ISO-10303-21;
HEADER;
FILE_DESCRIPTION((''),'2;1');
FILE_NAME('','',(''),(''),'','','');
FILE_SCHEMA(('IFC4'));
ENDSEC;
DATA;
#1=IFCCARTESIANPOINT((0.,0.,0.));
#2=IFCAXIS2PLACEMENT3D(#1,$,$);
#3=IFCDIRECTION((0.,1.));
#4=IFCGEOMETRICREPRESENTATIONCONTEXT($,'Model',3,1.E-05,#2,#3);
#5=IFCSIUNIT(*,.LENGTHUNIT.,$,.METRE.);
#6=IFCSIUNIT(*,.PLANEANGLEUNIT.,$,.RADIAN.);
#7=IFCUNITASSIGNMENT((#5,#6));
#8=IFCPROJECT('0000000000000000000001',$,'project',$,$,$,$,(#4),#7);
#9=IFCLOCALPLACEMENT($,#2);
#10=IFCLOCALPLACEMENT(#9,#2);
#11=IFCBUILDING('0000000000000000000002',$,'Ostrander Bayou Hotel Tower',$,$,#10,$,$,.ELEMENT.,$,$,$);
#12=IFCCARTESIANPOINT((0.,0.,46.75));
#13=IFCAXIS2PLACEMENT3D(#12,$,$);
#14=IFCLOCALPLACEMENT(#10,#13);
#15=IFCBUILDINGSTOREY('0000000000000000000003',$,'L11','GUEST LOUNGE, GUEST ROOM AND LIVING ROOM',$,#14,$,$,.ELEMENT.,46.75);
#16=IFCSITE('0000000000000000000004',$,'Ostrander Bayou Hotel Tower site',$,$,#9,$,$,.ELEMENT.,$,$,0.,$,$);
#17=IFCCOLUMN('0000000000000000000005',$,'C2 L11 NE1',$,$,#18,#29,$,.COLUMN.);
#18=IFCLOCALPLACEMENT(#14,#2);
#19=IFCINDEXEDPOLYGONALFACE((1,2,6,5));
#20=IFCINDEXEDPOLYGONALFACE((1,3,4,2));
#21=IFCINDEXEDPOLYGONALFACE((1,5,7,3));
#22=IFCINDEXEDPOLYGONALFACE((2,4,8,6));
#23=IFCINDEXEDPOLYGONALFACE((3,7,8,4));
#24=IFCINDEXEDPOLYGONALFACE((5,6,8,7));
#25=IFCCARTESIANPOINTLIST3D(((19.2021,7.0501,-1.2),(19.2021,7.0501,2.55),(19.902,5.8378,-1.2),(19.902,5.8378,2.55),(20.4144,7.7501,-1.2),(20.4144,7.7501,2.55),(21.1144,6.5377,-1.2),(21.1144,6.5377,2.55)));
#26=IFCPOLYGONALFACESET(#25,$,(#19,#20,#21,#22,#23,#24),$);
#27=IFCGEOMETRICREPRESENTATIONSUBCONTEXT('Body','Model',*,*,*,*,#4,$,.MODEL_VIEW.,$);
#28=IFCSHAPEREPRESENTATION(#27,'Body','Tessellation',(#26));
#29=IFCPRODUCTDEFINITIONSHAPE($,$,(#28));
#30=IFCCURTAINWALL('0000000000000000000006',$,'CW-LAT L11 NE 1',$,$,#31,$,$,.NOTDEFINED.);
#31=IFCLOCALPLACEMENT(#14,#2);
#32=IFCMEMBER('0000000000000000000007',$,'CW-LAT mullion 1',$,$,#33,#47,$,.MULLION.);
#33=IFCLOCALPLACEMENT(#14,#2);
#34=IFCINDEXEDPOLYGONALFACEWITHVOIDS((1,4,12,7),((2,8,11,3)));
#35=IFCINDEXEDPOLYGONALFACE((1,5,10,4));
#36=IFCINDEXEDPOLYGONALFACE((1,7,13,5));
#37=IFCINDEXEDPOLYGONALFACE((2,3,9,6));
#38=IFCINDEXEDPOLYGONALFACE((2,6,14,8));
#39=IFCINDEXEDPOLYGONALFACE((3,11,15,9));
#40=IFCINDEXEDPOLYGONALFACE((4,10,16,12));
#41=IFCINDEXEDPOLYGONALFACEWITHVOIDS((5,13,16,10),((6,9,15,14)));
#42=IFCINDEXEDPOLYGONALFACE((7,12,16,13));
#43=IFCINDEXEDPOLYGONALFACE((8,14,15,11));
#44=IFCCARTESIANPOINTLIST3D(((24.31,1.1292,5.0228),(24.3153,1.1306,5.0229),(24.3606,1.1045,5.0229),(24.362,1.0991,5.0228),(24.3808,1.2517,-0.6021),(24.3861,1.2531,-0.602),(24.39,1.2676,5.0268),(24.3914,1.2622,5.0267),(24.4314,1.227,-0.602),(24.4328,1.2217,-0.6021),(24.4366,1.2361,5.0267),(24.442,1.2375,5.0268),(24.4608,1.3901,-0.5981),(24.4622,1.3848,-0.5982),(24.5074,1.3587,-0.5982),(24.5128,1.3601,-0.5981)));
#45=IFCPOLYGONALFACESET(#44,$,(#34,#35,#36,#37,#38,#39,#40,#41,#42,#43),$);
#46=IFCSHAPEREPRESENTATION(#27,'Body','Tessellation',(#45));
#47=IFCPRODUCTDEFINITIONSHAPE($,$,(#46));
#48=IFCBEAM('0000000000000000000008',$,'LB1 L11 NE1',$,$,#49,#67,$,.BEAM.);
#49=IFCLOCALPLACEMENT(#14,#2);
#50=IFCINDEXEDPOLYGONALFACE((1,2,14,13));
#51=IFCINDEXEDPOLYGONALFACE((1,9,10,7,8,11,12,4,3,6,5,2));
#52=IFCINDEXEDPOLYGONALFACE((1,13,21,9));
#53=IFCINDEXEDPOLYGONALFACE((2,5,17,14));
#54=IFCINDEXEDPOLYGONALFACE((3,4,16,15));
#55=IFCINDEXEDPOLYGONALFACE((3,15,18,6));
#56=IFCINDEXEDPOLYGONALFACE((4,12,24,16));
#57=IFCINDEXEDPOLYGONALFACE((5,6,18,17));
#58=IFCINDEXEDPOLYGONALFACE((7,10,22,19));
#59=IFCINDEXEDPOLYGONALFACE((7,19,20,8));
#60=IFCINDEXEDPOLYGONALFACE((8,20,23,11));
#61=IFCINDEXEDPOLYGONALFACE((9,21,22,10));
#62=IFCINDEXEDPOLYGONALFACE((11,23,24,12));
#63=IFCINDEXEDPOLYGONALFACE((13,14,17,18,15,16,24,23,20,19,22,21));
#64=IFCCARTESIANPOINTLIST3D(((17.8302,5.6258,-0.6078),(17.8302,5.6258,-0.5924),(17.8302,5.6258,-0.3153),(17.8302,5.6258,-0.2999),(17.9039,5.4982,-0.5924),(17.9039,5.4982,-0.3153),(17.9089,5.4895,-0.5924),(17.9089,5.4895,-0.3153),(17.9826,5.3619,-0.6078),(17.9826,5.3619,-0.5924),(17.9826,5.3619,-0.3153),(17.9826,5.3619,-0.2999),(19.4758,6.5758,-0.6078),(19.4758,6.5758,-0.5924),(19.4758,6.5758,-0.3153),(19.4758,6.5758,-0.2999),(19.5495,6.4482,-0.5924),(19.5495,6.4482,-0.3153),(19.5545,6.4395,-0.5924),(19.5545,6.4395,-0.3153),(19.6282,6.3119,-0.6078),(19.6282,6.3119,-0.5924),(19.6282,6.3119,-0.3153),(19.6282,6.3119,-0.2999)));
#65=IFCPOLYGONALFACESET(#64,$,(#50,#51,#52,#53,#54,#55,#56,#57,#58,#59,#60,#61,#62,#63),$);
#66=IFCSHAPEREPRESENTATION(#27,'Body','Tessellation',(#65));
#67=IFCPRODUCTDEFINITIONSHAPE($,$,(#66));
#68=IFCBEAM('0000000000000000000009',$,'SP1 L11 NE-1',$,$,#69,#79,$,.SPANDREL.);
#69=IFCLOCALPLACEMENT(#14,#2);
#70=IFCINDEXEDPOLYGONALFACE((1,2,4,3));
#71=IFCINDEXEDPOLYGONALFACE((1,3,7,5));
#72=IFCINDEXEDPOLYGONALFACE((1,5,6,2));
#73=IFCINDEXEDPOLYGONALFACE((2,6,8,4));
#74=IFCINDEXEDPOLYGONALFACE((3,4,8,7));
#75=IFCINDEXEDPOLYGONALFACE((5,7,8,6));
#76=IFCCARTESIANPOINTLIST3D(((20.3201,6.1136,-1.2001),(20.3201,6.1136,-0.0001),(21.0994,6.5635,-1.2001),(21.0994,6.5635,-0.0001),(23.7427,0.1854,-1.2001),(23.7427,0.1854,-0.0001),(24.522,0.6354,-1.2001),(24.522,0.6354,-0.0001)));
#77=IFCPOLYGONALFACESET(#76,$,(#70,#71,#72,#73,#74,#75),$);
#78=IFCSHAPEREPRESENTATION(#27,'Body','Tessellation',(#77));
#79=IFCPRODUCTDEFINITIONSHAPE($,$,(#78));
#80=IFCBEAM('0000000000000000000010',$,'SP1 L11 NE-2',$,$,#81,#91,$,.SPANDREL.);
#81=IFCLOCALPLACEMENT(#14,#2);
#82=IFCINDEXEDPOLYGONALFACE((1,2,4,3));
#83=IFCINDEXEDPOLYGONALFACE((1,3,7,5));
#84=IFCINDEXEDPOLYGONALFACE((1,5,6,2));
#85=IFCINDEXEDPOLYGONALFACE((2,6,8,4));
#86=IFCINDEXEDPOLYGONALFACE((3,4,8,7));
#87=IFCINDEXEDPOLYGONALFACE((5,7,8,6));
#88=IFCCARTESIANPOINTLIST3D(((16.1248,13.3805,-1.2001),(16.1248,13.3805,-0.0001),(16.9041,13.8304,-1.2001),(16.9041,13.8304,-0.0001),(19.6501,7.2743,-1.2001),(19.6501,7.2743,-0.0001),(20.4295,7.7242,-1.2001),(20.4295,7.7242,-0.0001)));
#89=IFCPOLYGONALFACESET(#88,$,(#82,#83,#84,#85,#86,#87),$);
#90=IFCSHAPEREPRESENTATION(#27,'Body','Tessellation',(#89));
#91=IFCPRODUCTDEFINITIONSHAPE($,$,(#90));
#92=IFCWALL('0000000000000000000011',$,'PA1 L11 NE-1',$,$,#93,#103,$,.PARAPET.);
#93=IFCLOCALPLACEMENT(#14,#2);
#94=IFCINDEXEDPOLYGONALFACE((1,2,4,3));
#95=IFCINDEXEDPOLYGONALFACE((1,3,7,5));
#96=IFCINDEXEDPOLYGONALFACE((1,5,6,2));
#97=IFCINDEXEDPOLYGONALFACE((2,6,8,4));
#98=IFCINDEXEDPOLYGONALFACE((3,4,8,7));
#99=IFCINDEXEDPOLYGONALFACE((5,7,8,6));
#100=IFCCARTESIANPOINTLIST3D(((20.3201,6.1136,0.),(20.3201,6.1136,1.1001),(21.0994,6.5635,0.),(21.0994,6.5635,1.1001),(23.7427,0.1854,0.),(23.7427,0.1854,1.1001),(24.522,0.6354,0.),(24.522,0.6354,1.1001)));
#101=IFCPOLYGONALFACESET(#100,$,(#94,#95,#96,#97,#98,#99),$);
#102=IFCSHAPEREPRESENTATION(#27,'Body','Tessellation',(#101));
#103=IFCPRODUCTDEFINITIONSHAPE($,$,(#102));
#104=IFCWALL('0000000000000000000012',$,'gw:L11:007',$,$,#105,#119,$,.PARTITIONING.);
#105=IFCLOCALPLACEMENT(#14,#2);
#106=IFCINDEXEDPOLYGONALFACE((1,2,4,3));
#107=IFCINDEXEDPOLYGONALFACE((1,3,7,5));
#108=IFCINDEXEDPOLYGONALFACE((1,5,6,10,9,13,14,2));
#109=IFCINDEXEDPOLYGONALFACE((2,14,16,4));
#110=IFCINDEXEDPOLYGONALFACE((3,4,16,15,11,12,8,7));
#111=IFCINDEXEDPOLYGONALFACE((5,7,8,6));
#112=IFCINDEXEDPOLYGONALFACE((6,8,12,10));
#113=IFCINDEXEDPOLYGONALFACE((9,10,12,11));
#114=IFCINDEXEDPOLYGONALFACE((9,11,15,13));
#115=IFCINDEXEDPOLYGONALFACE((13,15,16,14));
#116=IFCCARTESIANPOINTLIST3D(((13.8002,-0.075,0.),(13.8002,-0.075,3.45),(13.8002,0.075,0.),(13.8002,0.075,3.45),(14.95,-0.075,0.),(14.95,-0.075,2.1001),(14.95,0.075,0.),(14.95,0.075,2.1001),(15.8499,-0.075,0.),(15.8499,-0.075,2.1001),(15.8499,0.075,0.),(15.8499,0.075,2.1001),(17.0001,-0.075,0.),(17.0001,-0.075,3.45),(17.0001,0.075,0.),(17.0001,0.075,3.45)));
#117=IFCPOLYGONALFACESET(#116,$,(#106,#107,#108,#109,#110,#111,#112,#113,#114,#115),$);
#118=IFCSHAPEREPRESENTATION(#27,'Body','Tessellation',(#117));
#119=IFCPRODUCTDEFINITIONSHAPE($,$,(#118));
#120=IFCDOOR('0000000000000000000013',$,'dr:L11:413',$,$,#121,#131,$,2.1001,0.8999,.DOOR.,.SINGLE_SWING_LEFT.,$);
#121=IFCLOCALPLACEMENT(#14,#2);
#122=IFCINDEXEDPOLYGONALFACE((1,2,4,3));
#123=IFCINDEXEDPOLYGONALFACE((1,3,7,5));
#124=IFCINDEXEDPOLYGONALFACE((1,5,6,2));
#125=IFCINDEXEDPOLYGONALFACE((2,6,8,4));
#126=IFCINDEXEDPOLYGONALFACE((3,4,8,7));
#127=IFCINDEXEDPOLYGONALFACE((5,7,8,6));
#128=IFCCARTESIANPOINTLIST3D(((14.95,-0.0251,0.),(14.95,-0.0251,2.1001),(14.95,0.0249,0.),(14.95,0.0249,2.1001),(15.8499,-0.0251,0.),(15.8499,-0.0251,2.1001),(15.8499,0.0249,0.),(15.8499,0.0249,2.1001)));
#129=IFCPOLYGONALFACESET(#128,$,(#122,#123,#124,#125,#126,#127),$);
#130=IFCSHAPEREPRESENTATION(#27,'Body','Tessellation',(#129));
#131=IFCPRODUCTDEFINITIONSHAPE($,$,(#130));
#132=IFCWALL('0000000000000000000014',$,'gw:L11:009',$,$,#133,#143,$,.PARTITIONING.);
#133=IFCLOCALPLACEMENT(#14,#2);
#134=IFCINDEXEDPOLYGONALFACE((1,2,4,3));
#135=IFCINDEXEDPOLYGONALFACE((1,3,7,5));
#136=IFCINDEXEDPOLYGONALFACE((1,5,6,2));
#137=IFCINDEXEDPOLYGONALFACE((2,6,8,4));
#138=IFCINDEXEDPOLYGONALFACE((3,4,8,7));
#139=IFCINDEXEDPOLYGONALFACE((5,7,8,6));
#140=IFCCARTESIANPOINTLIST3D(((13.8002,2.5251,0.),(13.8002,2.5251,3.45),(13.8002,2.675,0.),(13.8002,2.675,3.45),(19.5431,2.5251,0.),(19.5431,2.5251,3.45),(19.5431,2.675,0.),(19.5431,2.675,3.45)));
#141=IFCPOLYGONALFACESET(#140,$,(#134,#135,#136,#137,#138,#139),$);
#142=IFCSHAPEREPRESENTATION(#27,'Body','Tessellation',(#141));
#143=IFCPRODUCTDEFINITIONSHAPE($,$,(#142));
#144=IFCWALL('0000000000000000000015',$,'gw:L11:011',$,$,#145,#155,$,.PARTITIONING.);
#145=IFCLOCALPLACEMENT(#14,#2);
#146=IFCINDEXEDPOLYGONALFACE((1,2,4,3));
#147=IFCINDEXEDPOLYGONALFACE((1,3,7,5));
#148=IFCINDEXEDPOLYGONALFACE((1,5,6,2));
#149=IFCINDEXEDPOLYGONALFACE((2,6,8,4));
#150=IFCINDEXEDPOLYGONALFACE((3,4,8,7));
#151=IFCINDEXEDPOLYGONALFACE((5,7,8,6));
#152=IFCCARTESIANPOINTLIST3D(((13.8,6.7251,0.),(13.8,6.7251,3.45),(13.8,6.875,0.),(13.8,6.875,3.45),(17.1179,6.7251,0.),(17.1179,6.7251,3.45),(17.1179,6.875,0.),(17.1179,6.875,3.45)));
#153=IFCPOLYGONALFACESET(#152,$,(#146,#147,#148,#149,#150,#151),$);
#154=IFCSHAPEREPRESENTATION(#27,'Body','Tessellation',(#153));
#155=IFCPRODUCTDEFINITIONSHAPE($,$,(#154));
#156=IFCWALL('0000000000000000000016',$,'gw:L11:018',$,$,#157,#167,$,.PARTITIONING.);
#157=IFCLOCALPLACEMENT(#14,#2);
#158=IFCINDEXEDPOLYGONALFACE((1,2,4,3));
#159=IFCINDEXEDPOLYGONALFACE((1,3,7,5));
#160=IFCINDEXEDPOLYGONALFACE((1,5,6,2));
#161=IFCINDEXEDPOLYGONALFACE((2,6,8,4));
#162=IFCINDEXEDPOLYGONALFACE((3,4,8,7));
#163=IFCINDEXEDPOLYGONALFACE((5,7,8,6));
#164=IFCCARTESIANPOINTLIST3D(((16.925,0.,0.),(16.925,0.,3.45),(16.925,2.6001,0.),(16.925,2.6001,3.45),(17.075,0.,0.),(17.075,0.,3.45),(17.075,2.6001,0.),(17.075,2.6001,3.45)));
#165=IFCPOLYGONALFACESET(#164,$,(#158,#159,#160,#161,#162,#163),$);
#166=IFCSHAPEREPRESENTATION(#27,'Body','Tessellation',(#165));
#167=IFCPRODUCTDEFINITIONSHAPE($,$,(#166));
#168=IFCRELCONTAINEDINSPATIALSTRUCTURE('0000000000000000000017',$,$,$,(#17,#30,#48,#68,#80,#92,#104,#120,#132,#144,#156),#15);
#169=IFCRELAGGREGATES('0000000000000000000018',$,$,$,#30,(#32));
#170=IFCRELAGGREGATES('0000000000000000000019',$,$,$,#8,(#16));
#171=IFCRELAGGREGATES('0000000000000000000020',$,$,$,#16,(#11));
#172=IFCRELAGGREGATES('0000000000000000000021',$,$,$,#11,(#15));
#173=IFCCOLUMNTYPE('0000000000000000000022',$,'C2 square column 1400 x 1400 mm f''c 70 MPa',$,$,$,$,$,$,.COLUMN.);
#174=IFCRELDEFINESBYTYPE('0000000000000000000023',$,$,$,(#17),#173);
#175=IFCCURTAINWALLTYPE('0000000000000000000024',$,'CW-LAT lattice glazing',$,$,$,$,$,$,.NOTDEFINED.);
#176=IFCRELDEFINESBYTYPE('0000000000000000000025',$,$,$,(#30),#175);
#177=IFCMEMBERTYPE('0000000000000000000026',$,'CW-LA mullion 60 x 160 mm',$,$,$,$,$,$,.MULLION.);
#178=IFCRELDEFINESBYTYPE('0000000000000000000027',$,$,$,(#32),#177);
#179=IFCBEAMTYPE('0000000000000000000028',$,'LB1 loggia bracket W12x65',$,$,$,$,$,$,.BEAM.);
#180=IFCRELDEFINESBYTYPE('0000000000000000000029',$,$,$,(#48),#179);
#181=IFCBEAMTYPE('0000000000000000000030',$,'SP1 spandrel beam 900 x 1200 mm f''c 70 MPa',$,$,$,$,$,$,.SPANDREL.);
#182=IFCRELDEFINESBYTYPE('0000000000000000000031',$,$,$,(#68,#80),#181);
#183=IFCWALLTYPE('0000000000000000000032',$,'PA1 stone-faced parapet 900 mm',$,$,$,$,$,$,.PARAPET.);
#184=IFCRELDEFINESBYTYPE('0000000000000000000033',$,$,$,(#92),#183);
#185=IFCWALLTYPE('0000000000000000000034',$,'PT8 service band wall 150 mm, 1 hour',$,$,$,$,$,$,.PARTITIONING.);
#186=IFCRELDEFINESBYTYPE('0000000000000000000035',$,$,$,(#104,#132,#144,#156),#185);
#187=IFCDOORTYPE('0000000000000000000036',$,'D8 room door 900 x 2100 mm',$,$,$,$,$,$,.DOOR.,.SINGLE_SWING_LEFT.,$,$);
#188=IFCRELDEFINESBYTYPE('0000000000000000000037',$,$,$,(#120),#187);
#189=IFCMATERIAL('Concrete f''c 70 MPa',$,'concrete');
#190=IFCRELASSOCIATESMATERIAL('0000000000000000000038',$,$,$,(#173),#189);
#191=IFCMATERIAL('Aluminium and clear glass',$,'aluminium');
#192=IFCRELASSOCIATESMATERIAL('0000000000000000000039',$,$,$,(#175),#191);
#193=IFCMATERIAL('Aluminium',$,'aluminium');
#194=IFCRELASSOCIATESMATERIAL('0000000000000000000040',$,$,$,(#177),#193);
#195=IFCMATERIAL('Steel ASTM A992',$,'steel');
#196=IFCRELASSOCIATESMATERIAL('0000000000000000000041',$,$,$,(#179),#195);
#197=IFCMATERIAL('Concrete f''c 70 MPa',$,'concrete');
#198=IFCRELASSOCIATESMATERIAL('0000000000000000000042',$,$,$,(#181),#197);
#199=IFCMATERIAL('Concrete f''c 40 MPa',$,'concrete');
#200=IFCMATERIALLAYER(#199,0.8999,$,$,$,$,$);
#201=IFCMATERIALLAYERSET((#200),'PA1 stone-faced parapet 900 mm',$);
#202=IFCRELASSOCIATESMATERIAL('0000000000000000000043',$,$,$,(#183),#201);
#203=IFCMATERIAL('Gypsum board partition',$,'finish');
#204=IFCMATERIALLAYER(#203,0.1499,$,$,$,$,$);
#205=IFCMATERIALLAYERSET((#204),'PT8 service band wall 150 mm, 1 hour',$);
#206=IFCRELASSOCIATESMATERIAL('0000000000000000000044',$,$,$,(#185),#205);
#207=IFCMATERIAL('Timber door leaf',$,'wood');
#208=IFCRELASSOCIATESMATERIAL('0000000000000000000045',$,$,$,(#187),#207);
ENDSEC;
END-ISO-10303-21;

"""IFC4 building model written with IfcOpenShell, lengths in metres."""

from ifc_helpers import new_model, si_unit, direction, frame, frame_2d, origin, origin_2d, place, context, subcontext, project, spatial, rectangle, hollow_rectangle, i_section, extrude, material, layer, layer_set, material_profile, profile_set, type_object, element, fill, aggregate, save


model = new_model("IFC4")

# Units and contexts
model_context = context("Model", 3, precision=1e-05, world=origin(), true_north=direction((0.0, 1.0)))
body_context = subcontext(model_context, "Body", "Model", "MODEL_VIEW")
ifc_project = project(units=[si_unit("LENGTHUNIT", "METRE"), si_unit("PLANEANGLEUNIT", "RADIAN")], contexts=[model_context])

# Site, building, storey
site_placement = place(None, origin())
site = spatial("IfcSite", under=ifc_project, at=site_placement, Name="Ostrander Bayou Hotel Tower site", CompositionType="ELEMENT", RefElevation=0.0)
building_placement = place(site_placement, origin())
building = spatial("IfcBuilding", under=site, at=building_placement, Name="Ostrander Bayou Hotel Tower", CompositionType="ELEMENT")
storey_placement = place(building_placement, frame((0.0, 0.0, 46.75)))
storey = spatial("IfcBuildingStorey", under=building, at=storey_placement, Name="L11", Description="GUEST LOUNGE, GUEST ROOM AND LIVING ROOM", CompositionType="ELEMENT", Elevation=46.75)

# Column
ifc_material_1 = material(Name="Concrete f'c 70 MPa", Category="concrete")
ifc_material_profile_1 = material_profile(ifc_material_1, rectangle(XDim=1.3999, YDim=1.3999, at=origin_2d()))
ifc_profile_set_1 = profile_set([ifc_material_profile_1], Name="Concrete f'c 70 MPa")
column_type = type_object("IfcColumnType", Name="C2 square column 1400 x 1400 mm f'c 70 MPa", PredefinedType="COLUMN", material=ifc_profile_set_1)
column_placement = place(storey_placement, frame((20.1582, 6.7939, -1.2), z_axis=(0.0, 0.0, 1.0), x_axis=(0.5, -0.866025, 0.0)))
element("IfcColumn", 1, at=column_placement, inside=storey, type_object=column_type, Name="C2 L11 NE1", PredefinedType="COLUMN", context=body_context, shape_type="SweptSolid", body=[
    extrude(rectangle(XDim=1.3999, YDim=1.3999, at=origin_2d()), origin(), (0.0, 0.0, 1.0), 3.75),
])

# Curtain wall, member
ifc_material_2 = material(Name="Aluminium and clear glass", Category="aluminium")
curtain_wall_type = type_object("IfcCurtainWallType", Name="CW-LAT lattice glazing", PredefinedType="NOTDEFINED", material=ifc_material_2)
curtain_wall_placement = place(storey_placement, origin())
curtain_wall = element("IfcCurtainWall", 2, at=curtain_wall_placement, inside=storey, type_object=curtain_wall_type, Name="CW-LAT L11 NE 1", PredefinedType="NOTDEFINED")
ifc_material_3 = material(Name="Aluminium", Category="aluminium")
ifc_material_profile_2 = material_profile(ifc_material_3, hollow_rectangle(XDim=0.0601, YDim=0.1599, WallThickness=0.0039, at=origin_2d()))
ifc_profile_set_2 = profile_set([ifc_material_profile_2], Name="Aluminium")
member_type = type_object("IfcMemberType", Name="CW-LA mullion 60 x 160 mm", PredefinedType="MULLION", material=ifc_profile_set_2)
member_placement = place(storey_placement, frame((24.4468, 1.3059, -0.6001), z_axis=(-0.012583, -0.021781, 0.999684), x_axis=(0.865898, -0.50022, 0.0)))
member = element("IfcMember", 3, at=member_placement, type_object=member_type, Name="CW-LAT mullion 1", PredefinedType="MULLION", context=body_context, shape_type="SweptSolid", body=[
    extrude(hollow_rectangle(XDim=0.0601, YDim=0.1599, WallThickness=0.0039, at=origin_2d()), origin(), (0.0, 0.0, 1.0), 5.6267),
])
aggregate(curtain_wall, [member])

# Beams
ifc_material_4 = material(Name="Steel ASTM A992", Category="steel")
ifc_material_profile_3 = material_profile(ifc_material_4, i_section(OverallWidth=0.3047, OverallDepth=0.3079, WebThickness=0.01, FlangeThickness=0.0154, at=origin_2d()))
ifc_profile_set_3 = profile_set([ifc_material_profile_3], Name="Steel ASTM A992")
beam_type_1 = type_object("IfcBeamType", Name="LB1 loggia bracket W12x65", PredefinedType="BEAM", material=ifc_profile_set_3)
beam_1_placement = place(storey_placement, frame((19.552, 6.4438, -0.4539), z_axis=(-0.866044, -0.499967, 0.0), x_axis=(0.499967, -0.866044, 0.0)))
element("IfcBeam", 4, at=beam_1_placement, inside=storey, type_object=beam_type_1, Name="LB1 L11 NE1", PredefinedType="BEAM", context=body_context, shape_type="SweptSolid", body=[
    extrude(i_section(OverallWidth=0.3047, OverallDepth=0.3079, WebThickness=0.01, FlangeThickness=0.0154, at=origin_2d()), origin(), (0.0, 0.0, 1.0), 1.9001),
])
ifc_material_5 = material(Name="Concrete f'c 70 MPa", Category="concrete")
ifc_material_profile_4 = material_profile(ifc_material_5, rectangle(XDim=0.8999, YDim=1.2, at=origin_2d()))
ifc_profile_set_4 = profile_set([ifc_material_profile_4], Name="Concrete f'c 70 MPa")
beam_type_2 = type_object("IfcBeamType", Name="SP1 spandrel beam 900 x 1200 mm f'c 70 MPa", PredefinedType="SPANDREL", material=ifc_profile_set_4)
beam_2_placement = place(storey_placement, frame((24.1323, 0.4104, -0.6001), z_axis=(-0.499994, 0.866029, 0.0), x_axis=(-0.866029, -0.499994, 0.0)))
element("IfcBeam", 5, at=beam_2_placement, inside=storey, type_object=beam_type_2, Name="SP1 L11 NE-1", PredefinedType="SPANDREL", context=body_context, shape_type="SweptSolid", body=[
    extrude(rectangle(XDim=0.8999, YDim=1.2, at=origin_2d()), origin(), (0.0, 0.0, 1.0), 6.8452),
])
beam_3_placement = place(storey_placement, frame((20.0398, 7.4993, -0.6001), z_axis=(-0.499997, 0.866027, 0.0), x_axis=(-0.866027, -0.499997, 0.0)))
element("IfcBeam", 6, at=beam_3_placement, inside=storey, type_object=beam_type_2, Name="SP1 L11 NE-2", PredefinedType="SPANDREL", context=body_context, shape_type="SweptSolid", body=[
    extrude(rectangle(XDim=0.8999, YDim=1.2, at=origin_2d()), origin(), (0.0, 0.0, 1.0), 7.0508),
])

# Wall
ifc_material_6 = material(Name="Concrete f'c 40 MPa", Category="concrete")
ifc_layer_1 = layer(ifc_material_6, 0.8999)
ifc_layer_set_1 = layer_set([ifc_layer_1], Name="PA1 stone-faced parapet 900 mm")
wall_type_1 = type_object("IfcWallType", Name="PA1 stone-faced parapet 900 mm", PredefinedType="PARAPET", material=ifc_layer_set_1)
wall_1_placement = place(storey_placement, frame((24.1323, 0.4104, 0.0), z_axis=(0.0, 0.0, 1.0), x_axis=(-0.499994, 0.866029, 0.0)))
element("IfcWall", 7, at=wall_1_placement, inside=storey, type_object=wall_type_1, Name="PA1 L11 NE-1", PredefinedType="PARAPET", context=body_context, shape_type="SweptSolid", body=[
    extrude(rectangle(XDim=6.8452, YDim=0.8999, at=frame_2d((3.4226, 0.0))), origin(), (0.0, 0.0, 1.0), 1.1001),
])

# Wall, opening, door
ifc_material_7 = material(Name="Gypsum board partition", Category="finish")
ifc_layer_2 = layer(ifc_material_7, 0.1499)
ifc_layer_set_2 = layer_set([ifc_layer_2], Name="PT8 service band wall 150 mm, 1 hour")
wall_type_2 = type_object("IfcWallType", Name="PT8 service band wall 150 mm, 1 hour", PredefinedType="PARTITIONING", material=ifc_layer_set_2)
wall_2_placement = place(storey_placement, frame((13.8, 0.0, 0.0), z_axis=(0.0, 0.0, 1.0), x_axis=(1.0, 0.0, 0.0)))
wall_2 = element("IfcWall", 8, at=wall_2_placement, inside=storey, type_object=wall_type_2, Name="gw:L11:007", PredefinedType="PARTITIONING", context=body_context, shape_type="SweptSolid", body=[
    extrude(rectangle(XDim=3.2, YDim=0.1499, at=frame_2d((1.6001, 0.0))), origin(), (0.0, 0.0, 1.0), 3.45),
])
opening_1_placement = place(wall_2_placement, frame((1.1499, 0.0, 0.0)))
opening_1 = element("IfcOpeningElement", 9, at=opening_1_placement, cuts=wall_2, PredefinedType="OPENING", context=body_context, shape_type="SweptSolid", body=[
    extrude(rectangle(XDim=0.8999, YDim=2.1001, at=frame_2d((0.45, 1.05))), frame((0.0, 0.075, 0.0), z_axis=(0.0, -1.0, 0.0), x_axis=(1.0, 0.0, 0.0)), (0.0, 0.0, 1.0), 0.1499),
])
ifc_material_8 = material(Name="Timber door leaf", Category="wood")
door_type_1 = type_object("IfcDoorType", Name="D8 room door 900 x 2100 mm", OperationType="SINGLE_SWING_LEFT", PredefinedType="DOOR", material=ifc_material_8)
door_1_placement = place(opening_1_placement, origin())
door_1 = element("IfcDoor", 10, at=door_1_placement, inside=storey, type_object=door_type_1, Name="dr:L11:413", OperationType="SINGLE_SWING_LEFT", OverallHeight=2.1001, OverallWidth=0.8999, PredefinedType="DOOR", context=body_context, shape_type="SweptSolid", body=[
    extrude(rectangle(XDim=0.8999, YDim=2.1001, at=frame_2d((0.45, 1.05))), frame((0.0, 0.0249, 0.0), z_axis=(0.0, -1.0, 0.0), x_axis=(1.0, 0.0, 0.0)), (0.0, 0.0, 1.0), 0.05),
])
fill(opening_1, door_1)

# Walls
wall_3_placement = place(storey_placement, frame((13.8, 2.6001, 0.0), z_axis=(0.0, 0.0, 1.0), x_axis=(1.0, 0.0, 0.0)))
element("IfcWall", 11, at=wall_3_placement, inside=storey, type_object=wall_type_2, Name="gw:L11:009", PredefinedType="PARTITIONING", context=body_context, shape_type="SweptSolid", body=[
    extrude(rectangle(XDim=5.7429, YDim=0.1499, at=frame_2d((2.8716, 0.0))), origin(), (0.0, 0.0, 1.0), 3.45),
])
wall_4_placement = place(storey_placement, frame((13.8, 6.8, 0.0), z_axis=(0.0, 0.0, 1.0), x_axis=(1.0, 0.0, 0.0)))
element("IfcWall", 12, at=wall_4_placement, inside=storey, type_object=wall_type_2, Name="gw:L11:011", PredefinedType="PARTITIONING", context=body_context, shape_type="SweptSolid", body=[
    extrude(rectangle(XDim=3.3179, YDim=0.1499, at=frame_2d((1.6589, 0.0))), origin(), (0.0, 0.0, 1.0), 3.45),
])
wall_5_placement = place(storey_placement, frame((17.0, 0.0, 0.0), z_axis=(0.0, 0.0, 1.0), x_axis=(0.0, 1.0, 0.0)))
element("IfcWall", 13, at=wall_5_placement, inside=storey, type_object=wall_type_2, Name="gw:L11:018", PredefinedType="PARTITIONING", context=body_context, shape_type="SweptSolid", body=[
    extrude(rectangle(XDim=2.6001, YDim=0.1499, at=frame_2d((1.3, 0.0))), origin(), (0.0, 0.0, 1.0), 3.45),
])

save(model, "model.ifc")
